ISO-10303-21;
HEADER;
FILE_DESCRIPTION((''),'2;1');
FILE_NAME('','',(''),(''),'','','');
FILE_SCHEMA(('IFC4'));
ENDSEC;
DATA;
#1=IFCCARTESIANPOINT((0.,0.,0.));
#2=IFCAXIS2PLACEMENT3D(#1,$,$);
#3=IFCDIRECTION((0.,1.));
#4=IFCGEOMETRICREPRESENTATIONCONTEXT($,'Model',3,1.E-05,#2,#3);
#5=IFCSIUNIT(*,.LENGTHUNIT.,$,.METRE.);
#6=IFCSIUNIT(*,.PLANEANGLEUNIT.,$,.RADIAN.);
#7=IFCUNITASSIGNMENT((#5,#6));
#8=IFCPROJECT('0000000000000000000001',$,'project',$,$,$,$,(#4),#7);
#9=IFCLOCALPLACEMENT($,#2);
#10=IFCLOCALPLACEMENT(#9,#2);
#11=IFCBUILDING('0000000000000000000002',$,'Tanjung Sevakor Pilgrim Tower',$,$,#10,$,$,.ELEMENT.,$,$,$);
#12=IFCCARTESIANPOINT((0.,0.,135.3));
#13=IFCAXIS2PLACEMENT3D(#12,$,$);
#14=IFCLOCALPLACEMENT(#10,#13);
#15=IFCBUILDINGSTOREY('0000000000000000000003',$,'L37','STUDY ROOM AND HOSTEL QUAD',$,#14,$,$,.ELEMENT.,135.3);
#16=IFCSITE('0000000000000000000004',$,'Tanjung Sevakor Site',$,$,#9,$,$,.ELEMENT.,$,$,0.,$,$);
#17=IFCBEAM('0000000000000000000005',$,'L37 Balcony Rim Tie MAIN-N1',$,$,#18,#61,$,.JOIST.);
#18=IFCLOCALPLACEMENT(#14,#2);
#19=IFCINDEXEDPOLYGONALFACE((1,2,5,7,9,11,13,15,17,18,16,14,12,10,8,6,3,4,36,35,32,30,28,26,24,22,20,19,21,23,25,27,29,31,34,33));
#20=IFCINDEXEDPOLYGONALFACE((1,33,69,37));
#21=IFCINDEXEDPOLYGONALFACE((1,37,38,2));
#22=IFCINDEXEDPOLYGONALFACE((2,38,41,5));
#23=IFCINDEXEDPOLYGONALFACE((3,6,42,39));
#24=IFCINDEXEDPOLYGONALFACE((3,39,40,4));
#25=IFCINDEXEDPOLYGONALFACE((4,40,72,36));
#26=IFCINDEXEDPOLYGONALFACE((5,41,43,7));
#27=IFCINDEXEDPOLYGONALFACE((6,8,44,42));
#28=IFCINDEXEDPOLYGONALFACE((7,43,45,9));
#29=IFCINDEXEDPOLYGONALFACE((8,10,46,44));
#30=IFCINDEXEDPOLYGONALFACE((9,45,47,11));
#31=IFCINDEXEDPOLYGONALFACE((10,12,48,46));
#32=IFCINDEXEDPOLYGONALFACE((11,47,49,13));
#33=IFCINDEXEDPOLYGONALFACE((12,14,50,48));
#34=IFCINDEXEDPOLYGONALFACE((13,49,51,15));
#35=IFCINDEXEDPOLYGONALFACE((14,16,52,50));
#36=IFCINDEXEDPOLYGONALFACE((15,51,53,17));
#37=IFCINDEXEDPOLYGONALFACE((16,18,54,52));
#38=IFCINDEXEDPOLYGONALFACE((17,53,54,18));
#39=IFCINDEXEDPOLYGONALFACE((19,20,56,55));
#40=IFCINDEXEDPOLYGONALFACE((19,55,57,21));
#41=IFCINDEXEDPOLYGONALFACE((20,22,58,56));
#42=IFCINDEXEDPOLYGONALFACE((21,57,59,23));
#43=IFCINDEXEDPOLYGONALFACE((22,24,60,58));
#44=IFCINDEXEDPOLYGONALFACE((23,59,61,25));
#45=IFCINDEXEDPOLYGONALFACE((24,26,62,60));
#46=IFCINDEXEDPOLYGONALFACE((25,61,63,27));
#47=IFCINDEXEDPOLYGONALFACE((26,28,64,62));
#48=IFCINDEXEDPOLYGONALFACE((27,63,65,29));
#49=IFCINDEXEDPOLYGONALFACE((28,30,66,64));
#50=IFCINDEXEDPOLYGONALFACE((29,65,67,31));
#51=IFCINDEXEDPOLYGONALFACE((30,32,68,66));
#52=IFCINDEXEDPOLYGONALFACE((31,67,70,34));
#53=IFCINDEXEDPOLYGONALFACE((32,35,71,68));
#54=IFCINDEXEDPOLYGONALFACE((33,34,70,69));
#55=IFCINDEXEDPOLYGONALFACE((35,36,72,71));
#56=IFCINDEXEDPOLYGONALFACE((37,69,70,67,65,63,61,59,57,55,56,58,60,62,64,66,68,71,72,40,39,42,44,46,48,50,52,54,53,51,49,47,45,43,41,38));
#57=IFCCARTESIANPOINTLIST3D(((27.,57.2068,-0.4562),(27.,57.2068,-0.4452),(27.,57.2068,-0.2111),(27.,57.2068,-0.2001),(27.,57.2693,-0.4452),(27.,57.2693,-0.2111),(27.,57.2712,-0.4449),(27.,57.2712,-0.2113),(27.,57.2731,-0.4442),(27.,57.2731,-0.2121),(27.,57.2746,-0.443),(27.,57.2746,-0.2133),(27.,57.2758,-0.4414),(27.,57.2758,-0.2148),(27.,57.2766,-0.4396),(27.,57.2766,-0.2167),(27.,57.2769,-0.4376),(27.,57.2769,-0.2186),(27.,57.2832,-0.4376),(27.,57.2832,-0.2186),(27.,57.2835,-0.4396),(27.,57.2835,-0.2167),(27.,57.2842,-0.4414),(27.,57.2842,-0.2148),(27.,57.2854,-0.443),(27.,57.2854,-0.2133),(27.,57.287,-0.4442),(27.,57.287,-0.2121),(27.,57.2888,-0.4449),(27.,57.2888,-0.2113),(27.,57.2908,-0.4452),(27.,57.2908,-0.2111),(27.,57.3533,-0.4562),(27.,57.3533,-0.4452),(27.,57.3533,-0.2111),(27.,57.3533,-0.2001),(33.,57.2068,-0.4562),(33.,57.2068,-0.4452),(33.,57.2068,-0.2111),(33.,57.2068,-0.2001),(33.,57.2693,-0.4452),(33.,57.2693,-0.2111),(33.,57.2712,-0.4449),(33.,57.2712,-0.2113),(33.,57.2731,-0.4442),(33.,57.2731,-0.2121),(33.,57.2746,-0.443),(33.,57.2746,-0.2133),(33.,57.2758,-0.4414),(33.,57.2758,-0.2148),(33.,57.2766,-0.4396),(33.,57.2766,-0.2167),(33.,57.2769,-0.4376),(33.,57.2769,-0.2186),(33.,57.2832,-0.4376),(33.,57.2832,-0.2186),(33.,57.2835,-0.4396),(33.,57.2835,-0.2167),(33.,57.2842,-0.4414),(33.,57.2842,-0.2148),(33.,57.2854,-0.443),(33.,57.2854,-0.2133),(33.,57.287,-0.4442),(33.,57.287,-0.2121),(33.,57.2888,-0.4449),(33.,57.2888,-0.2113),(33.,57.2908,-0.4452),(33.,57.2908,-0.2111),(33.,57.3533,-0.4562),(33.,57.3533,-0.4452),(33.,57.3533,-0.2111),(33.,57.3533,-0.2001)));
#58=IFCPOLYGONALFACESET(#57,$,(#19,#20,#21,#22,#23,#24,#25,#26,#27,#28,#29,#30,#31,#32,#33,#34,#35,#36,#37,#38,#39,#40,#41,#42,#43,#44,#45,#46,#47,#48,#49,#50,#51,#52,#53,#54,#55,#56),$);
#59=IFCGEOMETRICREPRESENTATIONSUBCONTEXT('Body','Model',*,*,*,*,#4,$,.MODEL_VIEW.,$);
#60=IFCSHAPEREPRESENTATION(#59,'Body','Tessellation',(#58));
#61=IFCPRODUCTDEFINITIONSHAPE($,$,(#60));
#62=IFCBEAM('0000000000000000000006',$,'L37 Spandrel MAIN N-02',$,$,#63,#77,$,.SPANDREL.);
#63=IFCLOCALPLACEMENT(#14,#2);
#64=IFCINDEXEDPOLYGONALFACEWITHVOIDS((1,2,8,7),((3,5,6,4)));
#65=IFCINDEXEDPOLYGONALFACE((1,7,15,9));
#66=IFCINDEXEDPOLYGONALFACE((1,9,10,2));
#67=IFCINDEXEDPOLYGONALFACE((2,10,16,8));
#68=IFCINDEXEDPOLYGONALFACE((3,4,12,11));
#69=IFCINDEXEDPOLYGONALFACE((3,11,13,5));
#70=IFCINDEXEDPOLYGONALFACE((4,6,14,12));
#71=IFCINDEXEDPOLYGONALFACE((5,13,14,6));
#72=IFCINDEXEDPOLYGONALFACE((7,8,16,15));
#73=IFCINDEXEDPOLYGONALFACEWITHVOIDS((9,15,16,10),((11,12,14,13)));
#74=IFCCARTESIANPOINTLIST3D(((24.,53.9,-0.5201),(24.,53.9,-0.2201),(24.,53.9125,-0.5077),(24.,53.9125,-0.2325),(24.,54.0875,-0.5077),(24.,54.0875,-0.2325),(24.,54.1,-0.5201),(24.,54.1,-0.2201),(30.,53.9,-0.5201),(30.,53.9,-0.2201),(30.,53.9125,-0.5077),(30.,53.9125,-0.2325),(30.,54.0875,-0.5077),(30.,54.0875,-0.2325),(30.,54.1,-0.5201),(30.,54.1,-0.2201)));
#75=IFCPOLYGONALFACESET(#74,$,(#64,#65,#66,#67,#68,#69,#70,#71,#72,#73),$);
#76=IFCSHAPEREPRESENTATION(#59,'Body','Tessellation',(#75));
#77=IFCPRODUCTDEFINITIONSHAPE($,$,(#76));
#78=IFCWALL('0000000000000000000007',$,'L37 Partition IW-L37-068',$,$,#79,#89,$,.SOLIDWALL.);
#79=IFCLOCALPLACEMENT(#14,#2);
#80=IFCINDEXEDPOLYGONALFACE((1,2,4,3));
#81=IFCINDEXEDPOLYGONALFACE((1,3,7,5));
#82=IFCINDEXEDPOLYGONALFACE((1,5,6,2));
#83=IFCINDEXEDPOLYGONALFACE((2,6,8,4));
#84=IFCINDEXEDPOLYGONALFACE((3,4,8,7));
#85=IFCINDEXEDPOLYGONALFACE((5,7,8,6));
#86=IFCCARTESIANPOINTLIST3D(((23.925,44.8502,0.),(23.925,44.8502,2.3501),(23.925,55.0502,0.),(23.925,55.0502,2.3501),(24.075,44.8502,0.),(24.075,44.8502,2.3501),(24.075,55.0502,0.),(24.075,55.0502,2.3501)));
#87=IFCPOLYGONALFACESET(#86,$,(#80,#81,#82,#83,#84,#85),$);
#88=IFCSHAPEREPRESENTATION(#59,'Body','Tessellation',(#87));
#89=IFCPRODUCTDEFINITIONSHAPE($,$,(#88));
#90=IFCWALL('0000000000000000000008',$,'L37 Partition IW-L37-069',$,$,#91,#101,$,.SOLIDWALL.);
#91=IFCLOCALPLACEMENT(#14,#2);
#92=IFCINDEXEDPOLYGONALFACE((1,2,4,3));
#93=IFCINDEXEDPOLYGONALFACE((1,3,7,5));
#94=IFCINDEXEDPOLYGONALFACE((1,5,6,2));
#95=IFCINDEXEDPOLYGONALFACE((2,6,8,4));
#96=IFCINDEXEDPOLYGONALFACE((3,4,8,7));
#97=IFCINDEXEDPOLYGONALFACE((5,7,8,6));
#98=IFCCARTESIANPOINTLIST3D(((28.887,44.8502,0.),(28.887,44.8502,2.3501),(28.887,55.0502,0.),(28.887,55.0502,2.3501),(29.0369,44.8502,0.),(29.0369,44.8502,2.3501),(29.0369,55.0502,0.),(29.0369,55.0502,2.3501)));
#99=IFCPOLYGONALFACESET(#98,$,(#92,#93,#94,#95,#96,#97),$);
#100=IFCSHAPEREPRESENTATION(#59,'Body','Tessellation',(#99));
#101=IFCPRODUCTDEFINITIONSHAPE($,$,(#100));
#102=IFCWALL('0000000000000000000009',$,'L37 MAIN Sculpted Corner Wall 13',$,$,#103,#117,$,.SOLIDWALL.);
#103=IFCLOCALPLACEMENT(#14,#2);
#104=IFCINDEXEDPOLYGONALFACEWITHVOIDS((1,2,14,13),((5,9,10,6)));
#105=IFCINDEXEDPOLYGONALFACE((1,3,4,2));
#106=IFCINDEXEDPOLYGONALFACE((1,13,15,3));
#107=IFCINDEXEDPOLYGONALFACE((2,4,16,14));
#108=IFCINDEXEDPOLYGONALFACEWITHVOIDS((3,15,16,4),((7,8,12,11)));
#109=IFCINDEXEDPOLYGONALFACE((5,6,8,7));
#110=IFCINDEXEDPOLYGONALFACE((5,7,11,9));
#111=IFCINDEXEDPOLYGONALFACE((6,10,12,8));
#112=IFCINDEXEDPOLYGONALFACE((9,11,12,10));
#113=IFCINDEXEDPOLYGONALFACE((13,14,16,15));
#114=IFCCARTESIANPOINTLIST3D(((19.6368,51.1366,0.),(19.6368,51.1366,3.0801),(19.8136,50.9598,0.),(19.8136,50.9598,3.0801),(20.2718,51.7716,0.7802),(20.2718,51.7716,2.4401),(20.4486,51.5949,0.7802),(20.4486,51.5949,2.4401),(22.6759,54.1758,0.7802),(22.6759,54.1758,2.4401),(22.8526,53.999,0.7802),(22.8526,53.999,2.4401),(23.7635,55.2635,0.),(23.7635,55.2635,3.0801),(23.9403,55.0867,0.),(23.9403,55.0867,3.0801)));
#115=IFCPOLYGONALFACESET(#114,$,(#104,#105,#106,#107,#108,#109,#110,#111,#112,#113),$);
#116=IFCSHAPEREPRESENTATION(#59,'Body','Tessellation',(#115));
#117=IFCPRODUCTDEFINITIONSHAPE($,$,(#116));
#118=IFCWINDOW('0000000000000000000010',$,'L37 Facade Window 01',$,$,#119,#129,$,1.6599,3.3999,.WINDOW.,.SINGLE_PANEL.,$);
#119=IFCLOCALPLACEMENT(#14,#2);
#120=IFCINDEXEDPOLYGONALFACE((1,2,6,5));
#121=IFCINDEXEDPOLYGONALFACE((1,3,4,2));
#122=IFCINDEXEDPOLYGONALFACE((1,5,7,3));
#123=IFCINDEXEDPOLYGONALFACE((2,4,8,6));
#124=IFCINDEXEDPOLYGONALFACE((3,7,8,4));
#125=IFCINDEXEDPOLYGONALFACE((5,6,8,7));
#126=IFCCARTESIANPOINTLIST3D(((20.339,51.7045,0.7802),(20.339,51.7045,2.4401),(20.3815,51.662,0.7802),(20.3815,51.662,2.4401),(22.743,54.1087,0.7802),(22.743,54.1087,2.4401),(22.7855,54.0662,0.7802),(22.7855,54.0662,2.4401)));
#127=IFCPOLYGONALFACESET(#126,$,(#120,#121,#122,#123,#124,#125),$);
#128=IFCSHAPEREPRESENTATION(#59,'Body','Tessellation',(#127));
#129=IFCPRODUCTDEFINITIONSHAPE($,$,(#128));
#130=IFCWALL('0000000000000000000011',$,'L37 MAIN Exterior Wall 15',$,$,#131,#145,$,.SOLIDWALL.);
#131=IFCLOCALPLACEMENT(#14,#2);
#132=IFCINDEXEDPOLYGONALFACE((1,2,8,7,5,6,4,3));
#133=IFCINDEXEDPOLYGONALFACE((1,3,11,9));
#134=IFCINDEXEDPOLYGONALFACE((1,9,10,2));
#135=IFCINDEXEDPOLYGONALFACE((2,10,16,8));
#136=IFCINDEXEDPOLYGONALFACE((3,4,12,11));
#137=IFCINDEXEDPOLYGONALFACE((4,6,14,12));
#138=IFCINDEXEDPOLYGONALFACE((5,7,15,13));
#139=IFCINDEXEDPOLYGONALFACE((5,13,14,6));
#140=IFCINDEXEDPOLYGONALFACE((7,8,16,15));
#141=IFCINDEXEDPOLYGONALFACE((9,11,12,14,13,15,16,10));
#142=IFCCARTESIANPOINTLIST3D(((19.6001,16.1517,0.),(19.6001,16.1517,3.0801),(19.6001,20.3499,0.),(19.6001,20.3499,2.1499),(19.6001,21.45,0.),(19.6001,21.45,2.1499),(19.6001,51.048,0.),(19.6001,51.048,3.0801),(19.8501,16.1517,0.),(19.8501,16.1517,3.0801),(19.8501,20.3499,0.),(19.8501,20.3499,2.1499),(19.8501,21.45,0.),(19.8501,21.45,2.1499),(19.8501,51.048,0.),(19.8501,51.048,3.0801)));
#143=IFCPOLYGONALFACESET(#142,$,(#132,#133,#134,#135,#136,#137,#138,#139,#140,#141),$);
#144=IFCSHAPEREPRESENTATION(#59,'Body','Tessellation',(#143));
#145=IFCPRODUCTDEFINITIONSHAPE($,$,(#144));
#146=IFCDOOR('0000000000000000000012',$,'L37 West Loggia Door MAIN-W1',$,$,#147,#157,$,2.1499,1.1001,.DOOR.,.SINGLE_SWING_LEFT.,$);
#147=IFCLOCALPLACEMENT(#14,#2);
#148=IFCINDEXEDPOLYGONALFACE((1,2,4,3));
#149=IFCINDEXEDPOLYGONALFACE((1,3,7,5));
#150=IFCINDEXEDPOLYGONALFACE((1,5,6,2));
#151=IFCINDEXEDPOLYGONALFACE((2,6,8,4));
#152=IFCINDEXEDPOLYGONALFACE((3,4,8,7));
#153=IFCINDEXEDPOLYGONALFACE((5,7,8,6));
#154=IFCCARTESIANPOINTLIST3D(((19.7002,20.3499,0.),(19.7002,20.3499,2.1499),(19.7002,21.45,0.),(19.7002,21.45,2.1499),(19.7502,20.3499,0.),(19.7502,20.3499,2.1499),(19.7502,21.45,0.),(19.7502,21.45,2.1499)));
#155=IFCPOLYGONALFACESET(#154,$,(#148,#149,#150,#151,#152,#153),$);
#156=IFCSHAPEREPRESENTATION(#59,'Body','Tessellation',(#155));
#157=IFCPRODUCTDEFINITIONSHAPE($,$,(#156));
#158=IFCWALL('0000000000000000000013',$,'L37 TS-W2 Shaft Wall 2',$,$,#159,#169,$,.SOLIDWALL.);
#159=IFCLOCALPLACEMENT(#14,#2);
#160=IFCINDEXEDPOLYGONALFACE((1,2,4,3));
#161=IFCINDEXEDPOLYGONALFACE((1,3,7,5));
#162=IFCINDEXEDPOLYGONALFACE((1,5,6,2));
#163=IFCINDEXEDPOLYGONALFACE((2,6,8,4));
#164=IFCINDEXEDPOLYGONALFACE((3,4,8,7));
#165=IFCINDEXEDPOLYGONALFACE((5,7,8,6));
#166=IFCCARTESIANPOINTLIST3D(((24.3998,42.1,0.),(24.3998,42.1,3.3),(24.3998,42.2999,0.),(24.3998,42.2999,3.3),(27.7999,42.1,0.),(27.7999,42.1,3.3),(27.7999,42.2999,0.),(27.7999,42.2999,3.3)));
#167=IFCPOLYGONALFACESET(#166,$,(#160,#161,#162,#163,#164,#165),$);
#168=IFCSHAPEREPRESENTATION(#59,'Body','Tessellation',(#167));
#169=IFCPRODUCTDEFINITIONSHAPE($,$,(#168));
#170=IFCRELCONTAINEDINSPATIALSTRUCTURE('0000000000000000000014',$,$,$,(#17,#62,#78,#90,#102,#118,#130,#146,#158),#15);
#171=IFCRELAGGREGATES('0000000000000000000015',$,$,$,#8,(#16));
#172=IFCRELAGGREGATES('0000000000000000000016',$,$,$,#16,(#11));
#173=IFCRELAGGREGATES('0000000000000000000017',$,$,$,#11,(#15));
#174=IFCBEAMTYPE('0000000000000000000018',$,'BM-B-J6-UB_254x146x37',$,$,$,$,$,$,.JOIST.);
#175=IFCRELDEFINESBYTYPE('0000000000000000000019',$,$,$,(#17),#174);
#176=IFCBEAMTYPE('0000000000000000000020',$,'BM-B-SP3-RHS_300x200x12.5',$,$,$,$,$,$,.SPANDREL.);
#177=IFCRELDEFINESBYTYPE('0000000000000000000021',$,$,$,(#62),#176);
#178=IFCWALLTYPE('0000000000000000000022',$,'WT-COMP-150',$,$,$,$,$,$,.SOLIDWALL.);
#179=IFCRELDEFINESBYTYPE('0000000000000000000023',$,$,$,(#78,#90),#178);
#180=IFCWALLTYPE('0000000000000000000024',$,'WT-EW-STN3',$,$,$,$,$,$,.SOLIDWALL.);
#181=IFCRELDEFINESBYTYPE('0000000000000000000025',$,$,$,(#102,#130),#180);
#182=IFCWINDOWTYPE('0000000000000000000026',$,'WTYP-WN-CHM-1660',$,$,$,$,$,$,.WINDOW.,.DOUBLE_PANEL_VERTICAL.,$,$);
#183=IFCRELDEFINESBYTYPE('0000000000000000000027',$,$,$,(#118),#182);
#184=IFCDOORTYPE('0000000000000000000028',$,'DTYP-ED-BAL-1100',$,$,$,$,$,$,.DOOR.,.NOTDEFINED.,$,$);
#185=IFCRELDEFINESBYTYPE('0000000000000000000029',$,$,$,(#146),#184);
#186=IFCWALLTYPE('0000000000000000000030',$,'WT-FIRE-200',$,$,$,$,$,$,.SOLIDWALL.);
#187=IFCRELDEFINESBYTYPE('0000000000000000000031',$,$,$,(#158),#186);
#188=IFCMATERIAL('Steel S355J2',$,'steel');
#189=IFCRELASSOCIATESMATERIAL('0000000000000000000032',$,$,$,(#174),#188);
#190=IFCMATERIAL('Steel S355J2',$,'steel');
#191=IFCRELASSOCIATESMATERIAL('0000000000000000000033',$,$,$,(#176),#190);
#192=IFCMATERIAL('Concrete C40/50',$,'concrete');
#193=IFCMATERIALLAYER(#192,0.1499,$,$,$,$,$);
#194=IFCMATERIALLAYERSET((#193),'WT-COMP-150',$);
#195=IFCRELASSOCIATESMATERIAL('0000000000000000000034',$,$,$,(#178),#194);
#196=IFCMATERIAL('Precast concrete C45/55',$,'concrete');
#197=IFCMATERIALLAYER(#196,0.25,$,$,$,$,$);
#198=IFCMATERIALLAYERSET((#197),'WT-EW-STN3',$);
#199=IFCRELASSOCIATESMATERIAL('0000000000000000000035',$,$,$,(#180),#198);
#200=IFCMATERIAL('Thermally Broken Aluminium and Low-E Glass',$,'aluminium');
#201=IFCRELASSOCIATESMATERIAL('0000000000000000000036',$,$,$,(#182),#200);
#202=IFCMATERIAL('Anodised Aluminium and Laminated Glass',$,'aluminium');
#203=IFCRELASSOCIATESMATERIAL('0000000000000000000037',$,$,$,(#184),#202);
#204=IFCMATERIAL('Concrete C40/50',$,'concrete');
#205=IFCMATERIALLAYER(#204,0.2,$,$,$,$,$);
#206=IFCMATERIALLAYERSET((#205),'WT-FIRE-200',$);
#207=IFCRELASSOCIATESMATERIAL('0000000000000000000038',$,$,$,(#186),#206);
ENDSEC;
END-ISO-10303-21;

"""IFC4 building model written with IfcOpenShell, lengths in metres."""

from ifc_helpers import new_model, si_unit, direction, frame, frame_2d, origin, origin_2d, place, context, subcontext, project, spatial, rectangle, hollow_rectangle, i_section, extrude, material, layer, layer_set, material_profile, profile_set, type_object, element, fill, save


model = new_model("IFC4")

# Units and contexts
model_context = context("Model", 3, precision=1e-05, world=origin(), true_north=direction((0.0, 1.0)))
body_context = subcontext(model_context, "Body", "Model", "MODEL_VIEW")
ifc_project = project(units=[si_unit("LENGTHUNIT", "METRE"), si_unit("PLANEANGLEUNIT", "RADIAN")], contexts=[model_context])

# Site, building, storey
site_placement = place(None, origin())
site = spatial("IfcSite", under=ifc_project, at=site_placement, Name="Tanjung Sevakor Site", CompositionType="ELEMENT", RefElevation=0.0)
building_placement = place(site_placement, origin())
building = spatial("IfcBuilding", under=site, at=building_placement, Name="Tanjung Sevakor Pilgrim Tower", CompositionType="ELEMENT")
storey_placement = place(building_placement, frame((0.0, 0.0, 135.3)))
storey = spatial("IfcBuildingStorey", under=building, at=storey_placement, Name="L37", Description="STUDY ROOM AND HOSTEL QUAD", CompositionType="ELEMENT", Elevation=135.3)

# Beams
ifc_material_1 = material(Name="Steel S355J2", Category="steel")
ifc_material_profile_1 = material_profile(ifc_material_1, i_section(OverallWidth=0.1465, OverallDepth=0.2561, WebThickness=0.0063, FlangeThickness=0.011, FilletRadius=0.0076, at=origin_2d()))
ifc_profile_set_1 = profile_set([ifc_material_profile_1], Name="Steel S355J2")
beam_type_1 = type_object("IfcBeamType", Name="BM-B-J6-UB_254x146x37", PredefinedType="JOIST", material=ifc_profile_set_1)
beam_1_placement = place(storey_placement, frame((27.0, 57.28, -0.3281), z_axis=(1.0, 0.0, 0.0), x_axis=(0.0, 1.0, 0.0)))
element("IfcBeam", 1, at=beam_1_placement, inside=storey, type_object=beam_type_1, Name="L37 Balcony Rim Tie MAIN-N1", PredefinedType="JOIST", context=body_context, shape_type="SweptSolid", body=[
    extrude(i_section(OverallWidth=0.1465, OverallDepth=0.2561, WebThickness=0.0063, FlangeThickness=0.011, FilletRadius=0.0076, at=origin_2d()), origin(), (0.0, 0.0, 1.0), 6.0),
])
ifc_material_2 = material(Name="Steel S355J2", Category="steel")
ifc_material_profile_2 = material_profile(ifc_material_2, hollow_rectangle(XDim=0.2, YDim=0.3, WallThickness=0.0125, at=origin_2d()))
ifc_profile_set_2 = profile_set([ifc_material_profile_2], Name="Steel S355J2")
beam_type_2 = type_object("IfcBeamType", Name="BM-B-SP3-RHS_300x200x12.5", PredefinedType="SPANDREL", material=ifc_profile_set_2)
beam_2_placement = place(storey_placement, frame((24.0, 54.0, -0.3701), z_axis=(1.0, 0.0, 0.0), x_axis=(0.0, 1.0, 0.0)))
element("IfcBeam", 2, at=beam_2_placement, inside=storey, type_object=beam_type_2, Name="L37 Spandrel MAIN N-02", PredefinedType="SPANDREL", context=body_context, shape_type="SweptSolid", body=[
    extrude(hollow_rectangle(XDim=0.2, YDim=0.3, WallThickness=0.0125, at=origin_2d()), origin(), (0.0, 0.0, 1.0), 6.0),
])

# Walls
ifc_material_3 = material(Name="Concrete C40/50", Category="concrete")
ifc_layer_1 = layer(ifc_material_3, 0.1499)
ifc_layer_set_1 = layer_set([ifc_layer_1], Name="WT-COMP-150")
wall_type_1 = type_object("IfcWallType", Name="WT-COMP-150", PredefinedType="SOLIDWALL", material=ifc_layer_set_1)
for number, where, z_axis, x_axis, name in (
    (3, (24.0, 44.8501, 0.0), (0.0, 0.0, 1.0), (0.0, 1.0, 0.0), "L37 Partition IW-L37-068"),
    (4, (28.9619, 44.8501, 0.0), (0.0, 0.0, 1.0), (0.0, 1.0, 0.0), "L37 Partition IW-L37-069"),
):
    element("IfcWall", number, at=place(storey_placement, frame(where, z_axis=z_axis, x_axis=x_axis)), inside=storey, type_object=wall_type_1, Name=name, PredefinedType="SOLIDWALL", context=body_context, shape_type="SweptSolid", body=[
        extrude(rectangle(XDim=10.2, YDim=0.1499, at=frame_2d((5.1001, 0.0))), origin(), (0.0, 0.0, 1.0), 2.3501),
    ])

# Wall, opening, window
ifc_material_4 = material(Name="Precast concrete C45/55", Category="concrete")
ifc_layer_2 = layer(ifc_material_4, 0.25)
ifc_layer_set_2 = layer_set([ifc_layer_2], Name="WT-EW-STN3")
wall_type_2 = type_object("IfcWallType", Name="WT-EW-STN3", PredefinedType="SOLIDWALL", material=ifc_layer_set_2)
wall_1_placement = place(storey_placement, frame((23.8518, 55.175, 0.0), z_axis=(0.0, 0.0, 1.0), x_axis=(-0.707086, -0.707128, 0.0)))
wall_1 = element("IfcWall", 5, at=wall_1_placement, inside=storey, type_object=wall_type_2, Name="L37 MAIN Sculpted Corner Wall 13", PredefinedType="SOLIDWALL", context=body_context, shape_type="SweptSolid", body=[
    extrude(rectangle(XDim=5.8362, YDim=0.25, at=frame_2d((2.918, 0.0))), origin(), (0.0, 0.0, 1.0), 3.0801),
])
opening_1_placement = place(wall_1_placement, frame((1.5381, 0.0, 0.78)))
opening_1 = element("IfcOpeningElement", 6, at=opening_1_placement, cuts=wall_1, PredefinedType="OPENING", context=body_context, shape_type="SweptSolid", body=[
    extrude(rectangle(XDim=3.3999, YDim=1.6599, at=frame_2d((1.7, 0.8301))), frame((0.0, 0.135, 0.0), z_axis=(0.0, -1.0, 0.0), x_axis=(1.0, 0.0, 0.0)), (0.0, 0.0, 1.0), 0.27),
])
ifc_material_5 = material(Name="Thermally Broken Aluminium and Low-E Glass", Category="aluminium")
window_type = type_object("IfcWindowType", Name="WTYP-WN-CHM-1660", PartitioningType="DOUBLE_PANEL_VERTICAL", PredefinedType="WINDOW", material=ifc_material_5)
window_placement = place(opening_1_placement, origin())
window = element("IfcWindow", 7, at=window_placement, inside=storey, type_object=window_type, Name="L37 Facade Window 01", OverallHeight=1.6599, OverallWidth=3.3999, PartitioningType="SINGLE_PANEL", PredefinedType="WINDOW", context=body_context, shape_type="SweptSolid", body=[
    extrude(rectangle(XDim=3.3999, YDim=1.6599, at=frame_2d((1.7, 0.8301))), frame((0.0, 0.03, 0.0), z_axis=(0.0, -1.0, 0.0), x_axis=(1.0, 0.0, 0.0)), (0.0, 0.0, 1.0), 0.0601),
])
fill(opening_1, window)

# Wall, opening, door
wall_2_placement = place(storey_placement, frame((19.7251, 51.0481, 0.0), z_axis=(0.0, 0.0, 1.0), x_axis=(0.0, -1.0, 0.0)))
wall_2 = element("IfcWall", 8, at=wall_2_placement, inside=storey, type_object=wall_type_2, Name="L37 MAIN Exterior Wall 15", PredefinedType="SOLIDWALL", context=body_context, shape_type="SweptSolid", body=[
    extrude(rectangle(XDim=34.8962, YDim=0.25, at=frame_2d((17.4482, 0.0))), origin(), (0.0, 0.0, 1.0), 3.0801),
])
opening_2_placement = place(wall_2_placement, frame((29.5981, 0.0, 0.0)))
opening_2 = element("IfcOpeningElement", 9, at=opening_2_placement, cuts=wall_2, PredefinedType="OPENING", context=body_context, shape_type="SweptSolid", body=[
    extrude(rectangle(XDim=1.1001, YDim=2.1499, at=frame_2d((0.55, 1.075))), frame((0.0, 0.135, 0.0), z_axis=(0.0, -1.0, 0.0), x_axis=(1.0, 0.0, 0.0)), (0.0, 0.0, 1.0), 0.27),
])
ifc_material_6 = material(Name="Anodised Aluminium and Laminated Glass", Category="aluminium")
door_type_1 = type_object("IfcDoorType", Name="DTYP-ED-BAL-1100", OperationType="NOTDEFINED", PredefinedType="DOOR", material=ifc_material_6)
door_1_placement = place(opening_2_placement, frame((1.1001, 0.0, 0.0), z_axis=(0.0, 0.0, 1.0), x_axis=(-1.0, 0.0, 0.0)))
door_1 = element("IfcDoor", 10, at=door_1_placement, inside=storey, type_object=door_type_1, Name="L37 West Loggia Door MAIN-W1", OperationType="SINGLE_SWING_LEFT", OverallHeight=2.1499, OverallWidth=1.1001, PredefinedType="DOOR", context=body_context, shape_type="SweptSolid", body=[
    extrude(rectangle(XDim=1.1001, YDim=2.1499, at=frame_2d((0.55, 1.075))), frame((0.0, 0.0249, 0.0), z_axis=(0.0, -1.0, 0.0), x_axis=(1.0, 0.0, 0.0)), (0.0, 0.0, 1.0), 0.05),
])
fill(opening_2, door_1)

# Wall
ifc_material_7 = material(Name="Concrete C40/50", Category="concrete")
ifc_layer_3 = layer(ifc_material_7, 0.2)
ifc_layer_set_3 = layer_set([ifc_layer_3], Name="WT-FIRE-200")
wall_type_3 = type_object("IfcWallType", Name="WT-FIRE-200", PredefinedType="SOLIDWALL", material=ifc_layer_set_3)
wall_3_placement = place(storey_placement, frame((27.8, 42.2, 0.0), z_axis=(0.0, 0.0, 1.0), x_axis=(-1.0, 0.0, 0.0)))
element("IfcWall", 11, at=wall_3_placement, inside=storey, type_object=wall_type_3, Name="L37 TS-W2 Shaft Wall 2", PredefinedType="SOLIDWALL", context=body_context, shape_type="SweptSolid", body=[
    extrude(rectangle(XDim=3.4001, YDim=0.2, at=frame_2d((1.7002, 0.0))), origin(), (0.0, 0.0, 1.0), 3.3),
])

save(model, "model.ifc")
